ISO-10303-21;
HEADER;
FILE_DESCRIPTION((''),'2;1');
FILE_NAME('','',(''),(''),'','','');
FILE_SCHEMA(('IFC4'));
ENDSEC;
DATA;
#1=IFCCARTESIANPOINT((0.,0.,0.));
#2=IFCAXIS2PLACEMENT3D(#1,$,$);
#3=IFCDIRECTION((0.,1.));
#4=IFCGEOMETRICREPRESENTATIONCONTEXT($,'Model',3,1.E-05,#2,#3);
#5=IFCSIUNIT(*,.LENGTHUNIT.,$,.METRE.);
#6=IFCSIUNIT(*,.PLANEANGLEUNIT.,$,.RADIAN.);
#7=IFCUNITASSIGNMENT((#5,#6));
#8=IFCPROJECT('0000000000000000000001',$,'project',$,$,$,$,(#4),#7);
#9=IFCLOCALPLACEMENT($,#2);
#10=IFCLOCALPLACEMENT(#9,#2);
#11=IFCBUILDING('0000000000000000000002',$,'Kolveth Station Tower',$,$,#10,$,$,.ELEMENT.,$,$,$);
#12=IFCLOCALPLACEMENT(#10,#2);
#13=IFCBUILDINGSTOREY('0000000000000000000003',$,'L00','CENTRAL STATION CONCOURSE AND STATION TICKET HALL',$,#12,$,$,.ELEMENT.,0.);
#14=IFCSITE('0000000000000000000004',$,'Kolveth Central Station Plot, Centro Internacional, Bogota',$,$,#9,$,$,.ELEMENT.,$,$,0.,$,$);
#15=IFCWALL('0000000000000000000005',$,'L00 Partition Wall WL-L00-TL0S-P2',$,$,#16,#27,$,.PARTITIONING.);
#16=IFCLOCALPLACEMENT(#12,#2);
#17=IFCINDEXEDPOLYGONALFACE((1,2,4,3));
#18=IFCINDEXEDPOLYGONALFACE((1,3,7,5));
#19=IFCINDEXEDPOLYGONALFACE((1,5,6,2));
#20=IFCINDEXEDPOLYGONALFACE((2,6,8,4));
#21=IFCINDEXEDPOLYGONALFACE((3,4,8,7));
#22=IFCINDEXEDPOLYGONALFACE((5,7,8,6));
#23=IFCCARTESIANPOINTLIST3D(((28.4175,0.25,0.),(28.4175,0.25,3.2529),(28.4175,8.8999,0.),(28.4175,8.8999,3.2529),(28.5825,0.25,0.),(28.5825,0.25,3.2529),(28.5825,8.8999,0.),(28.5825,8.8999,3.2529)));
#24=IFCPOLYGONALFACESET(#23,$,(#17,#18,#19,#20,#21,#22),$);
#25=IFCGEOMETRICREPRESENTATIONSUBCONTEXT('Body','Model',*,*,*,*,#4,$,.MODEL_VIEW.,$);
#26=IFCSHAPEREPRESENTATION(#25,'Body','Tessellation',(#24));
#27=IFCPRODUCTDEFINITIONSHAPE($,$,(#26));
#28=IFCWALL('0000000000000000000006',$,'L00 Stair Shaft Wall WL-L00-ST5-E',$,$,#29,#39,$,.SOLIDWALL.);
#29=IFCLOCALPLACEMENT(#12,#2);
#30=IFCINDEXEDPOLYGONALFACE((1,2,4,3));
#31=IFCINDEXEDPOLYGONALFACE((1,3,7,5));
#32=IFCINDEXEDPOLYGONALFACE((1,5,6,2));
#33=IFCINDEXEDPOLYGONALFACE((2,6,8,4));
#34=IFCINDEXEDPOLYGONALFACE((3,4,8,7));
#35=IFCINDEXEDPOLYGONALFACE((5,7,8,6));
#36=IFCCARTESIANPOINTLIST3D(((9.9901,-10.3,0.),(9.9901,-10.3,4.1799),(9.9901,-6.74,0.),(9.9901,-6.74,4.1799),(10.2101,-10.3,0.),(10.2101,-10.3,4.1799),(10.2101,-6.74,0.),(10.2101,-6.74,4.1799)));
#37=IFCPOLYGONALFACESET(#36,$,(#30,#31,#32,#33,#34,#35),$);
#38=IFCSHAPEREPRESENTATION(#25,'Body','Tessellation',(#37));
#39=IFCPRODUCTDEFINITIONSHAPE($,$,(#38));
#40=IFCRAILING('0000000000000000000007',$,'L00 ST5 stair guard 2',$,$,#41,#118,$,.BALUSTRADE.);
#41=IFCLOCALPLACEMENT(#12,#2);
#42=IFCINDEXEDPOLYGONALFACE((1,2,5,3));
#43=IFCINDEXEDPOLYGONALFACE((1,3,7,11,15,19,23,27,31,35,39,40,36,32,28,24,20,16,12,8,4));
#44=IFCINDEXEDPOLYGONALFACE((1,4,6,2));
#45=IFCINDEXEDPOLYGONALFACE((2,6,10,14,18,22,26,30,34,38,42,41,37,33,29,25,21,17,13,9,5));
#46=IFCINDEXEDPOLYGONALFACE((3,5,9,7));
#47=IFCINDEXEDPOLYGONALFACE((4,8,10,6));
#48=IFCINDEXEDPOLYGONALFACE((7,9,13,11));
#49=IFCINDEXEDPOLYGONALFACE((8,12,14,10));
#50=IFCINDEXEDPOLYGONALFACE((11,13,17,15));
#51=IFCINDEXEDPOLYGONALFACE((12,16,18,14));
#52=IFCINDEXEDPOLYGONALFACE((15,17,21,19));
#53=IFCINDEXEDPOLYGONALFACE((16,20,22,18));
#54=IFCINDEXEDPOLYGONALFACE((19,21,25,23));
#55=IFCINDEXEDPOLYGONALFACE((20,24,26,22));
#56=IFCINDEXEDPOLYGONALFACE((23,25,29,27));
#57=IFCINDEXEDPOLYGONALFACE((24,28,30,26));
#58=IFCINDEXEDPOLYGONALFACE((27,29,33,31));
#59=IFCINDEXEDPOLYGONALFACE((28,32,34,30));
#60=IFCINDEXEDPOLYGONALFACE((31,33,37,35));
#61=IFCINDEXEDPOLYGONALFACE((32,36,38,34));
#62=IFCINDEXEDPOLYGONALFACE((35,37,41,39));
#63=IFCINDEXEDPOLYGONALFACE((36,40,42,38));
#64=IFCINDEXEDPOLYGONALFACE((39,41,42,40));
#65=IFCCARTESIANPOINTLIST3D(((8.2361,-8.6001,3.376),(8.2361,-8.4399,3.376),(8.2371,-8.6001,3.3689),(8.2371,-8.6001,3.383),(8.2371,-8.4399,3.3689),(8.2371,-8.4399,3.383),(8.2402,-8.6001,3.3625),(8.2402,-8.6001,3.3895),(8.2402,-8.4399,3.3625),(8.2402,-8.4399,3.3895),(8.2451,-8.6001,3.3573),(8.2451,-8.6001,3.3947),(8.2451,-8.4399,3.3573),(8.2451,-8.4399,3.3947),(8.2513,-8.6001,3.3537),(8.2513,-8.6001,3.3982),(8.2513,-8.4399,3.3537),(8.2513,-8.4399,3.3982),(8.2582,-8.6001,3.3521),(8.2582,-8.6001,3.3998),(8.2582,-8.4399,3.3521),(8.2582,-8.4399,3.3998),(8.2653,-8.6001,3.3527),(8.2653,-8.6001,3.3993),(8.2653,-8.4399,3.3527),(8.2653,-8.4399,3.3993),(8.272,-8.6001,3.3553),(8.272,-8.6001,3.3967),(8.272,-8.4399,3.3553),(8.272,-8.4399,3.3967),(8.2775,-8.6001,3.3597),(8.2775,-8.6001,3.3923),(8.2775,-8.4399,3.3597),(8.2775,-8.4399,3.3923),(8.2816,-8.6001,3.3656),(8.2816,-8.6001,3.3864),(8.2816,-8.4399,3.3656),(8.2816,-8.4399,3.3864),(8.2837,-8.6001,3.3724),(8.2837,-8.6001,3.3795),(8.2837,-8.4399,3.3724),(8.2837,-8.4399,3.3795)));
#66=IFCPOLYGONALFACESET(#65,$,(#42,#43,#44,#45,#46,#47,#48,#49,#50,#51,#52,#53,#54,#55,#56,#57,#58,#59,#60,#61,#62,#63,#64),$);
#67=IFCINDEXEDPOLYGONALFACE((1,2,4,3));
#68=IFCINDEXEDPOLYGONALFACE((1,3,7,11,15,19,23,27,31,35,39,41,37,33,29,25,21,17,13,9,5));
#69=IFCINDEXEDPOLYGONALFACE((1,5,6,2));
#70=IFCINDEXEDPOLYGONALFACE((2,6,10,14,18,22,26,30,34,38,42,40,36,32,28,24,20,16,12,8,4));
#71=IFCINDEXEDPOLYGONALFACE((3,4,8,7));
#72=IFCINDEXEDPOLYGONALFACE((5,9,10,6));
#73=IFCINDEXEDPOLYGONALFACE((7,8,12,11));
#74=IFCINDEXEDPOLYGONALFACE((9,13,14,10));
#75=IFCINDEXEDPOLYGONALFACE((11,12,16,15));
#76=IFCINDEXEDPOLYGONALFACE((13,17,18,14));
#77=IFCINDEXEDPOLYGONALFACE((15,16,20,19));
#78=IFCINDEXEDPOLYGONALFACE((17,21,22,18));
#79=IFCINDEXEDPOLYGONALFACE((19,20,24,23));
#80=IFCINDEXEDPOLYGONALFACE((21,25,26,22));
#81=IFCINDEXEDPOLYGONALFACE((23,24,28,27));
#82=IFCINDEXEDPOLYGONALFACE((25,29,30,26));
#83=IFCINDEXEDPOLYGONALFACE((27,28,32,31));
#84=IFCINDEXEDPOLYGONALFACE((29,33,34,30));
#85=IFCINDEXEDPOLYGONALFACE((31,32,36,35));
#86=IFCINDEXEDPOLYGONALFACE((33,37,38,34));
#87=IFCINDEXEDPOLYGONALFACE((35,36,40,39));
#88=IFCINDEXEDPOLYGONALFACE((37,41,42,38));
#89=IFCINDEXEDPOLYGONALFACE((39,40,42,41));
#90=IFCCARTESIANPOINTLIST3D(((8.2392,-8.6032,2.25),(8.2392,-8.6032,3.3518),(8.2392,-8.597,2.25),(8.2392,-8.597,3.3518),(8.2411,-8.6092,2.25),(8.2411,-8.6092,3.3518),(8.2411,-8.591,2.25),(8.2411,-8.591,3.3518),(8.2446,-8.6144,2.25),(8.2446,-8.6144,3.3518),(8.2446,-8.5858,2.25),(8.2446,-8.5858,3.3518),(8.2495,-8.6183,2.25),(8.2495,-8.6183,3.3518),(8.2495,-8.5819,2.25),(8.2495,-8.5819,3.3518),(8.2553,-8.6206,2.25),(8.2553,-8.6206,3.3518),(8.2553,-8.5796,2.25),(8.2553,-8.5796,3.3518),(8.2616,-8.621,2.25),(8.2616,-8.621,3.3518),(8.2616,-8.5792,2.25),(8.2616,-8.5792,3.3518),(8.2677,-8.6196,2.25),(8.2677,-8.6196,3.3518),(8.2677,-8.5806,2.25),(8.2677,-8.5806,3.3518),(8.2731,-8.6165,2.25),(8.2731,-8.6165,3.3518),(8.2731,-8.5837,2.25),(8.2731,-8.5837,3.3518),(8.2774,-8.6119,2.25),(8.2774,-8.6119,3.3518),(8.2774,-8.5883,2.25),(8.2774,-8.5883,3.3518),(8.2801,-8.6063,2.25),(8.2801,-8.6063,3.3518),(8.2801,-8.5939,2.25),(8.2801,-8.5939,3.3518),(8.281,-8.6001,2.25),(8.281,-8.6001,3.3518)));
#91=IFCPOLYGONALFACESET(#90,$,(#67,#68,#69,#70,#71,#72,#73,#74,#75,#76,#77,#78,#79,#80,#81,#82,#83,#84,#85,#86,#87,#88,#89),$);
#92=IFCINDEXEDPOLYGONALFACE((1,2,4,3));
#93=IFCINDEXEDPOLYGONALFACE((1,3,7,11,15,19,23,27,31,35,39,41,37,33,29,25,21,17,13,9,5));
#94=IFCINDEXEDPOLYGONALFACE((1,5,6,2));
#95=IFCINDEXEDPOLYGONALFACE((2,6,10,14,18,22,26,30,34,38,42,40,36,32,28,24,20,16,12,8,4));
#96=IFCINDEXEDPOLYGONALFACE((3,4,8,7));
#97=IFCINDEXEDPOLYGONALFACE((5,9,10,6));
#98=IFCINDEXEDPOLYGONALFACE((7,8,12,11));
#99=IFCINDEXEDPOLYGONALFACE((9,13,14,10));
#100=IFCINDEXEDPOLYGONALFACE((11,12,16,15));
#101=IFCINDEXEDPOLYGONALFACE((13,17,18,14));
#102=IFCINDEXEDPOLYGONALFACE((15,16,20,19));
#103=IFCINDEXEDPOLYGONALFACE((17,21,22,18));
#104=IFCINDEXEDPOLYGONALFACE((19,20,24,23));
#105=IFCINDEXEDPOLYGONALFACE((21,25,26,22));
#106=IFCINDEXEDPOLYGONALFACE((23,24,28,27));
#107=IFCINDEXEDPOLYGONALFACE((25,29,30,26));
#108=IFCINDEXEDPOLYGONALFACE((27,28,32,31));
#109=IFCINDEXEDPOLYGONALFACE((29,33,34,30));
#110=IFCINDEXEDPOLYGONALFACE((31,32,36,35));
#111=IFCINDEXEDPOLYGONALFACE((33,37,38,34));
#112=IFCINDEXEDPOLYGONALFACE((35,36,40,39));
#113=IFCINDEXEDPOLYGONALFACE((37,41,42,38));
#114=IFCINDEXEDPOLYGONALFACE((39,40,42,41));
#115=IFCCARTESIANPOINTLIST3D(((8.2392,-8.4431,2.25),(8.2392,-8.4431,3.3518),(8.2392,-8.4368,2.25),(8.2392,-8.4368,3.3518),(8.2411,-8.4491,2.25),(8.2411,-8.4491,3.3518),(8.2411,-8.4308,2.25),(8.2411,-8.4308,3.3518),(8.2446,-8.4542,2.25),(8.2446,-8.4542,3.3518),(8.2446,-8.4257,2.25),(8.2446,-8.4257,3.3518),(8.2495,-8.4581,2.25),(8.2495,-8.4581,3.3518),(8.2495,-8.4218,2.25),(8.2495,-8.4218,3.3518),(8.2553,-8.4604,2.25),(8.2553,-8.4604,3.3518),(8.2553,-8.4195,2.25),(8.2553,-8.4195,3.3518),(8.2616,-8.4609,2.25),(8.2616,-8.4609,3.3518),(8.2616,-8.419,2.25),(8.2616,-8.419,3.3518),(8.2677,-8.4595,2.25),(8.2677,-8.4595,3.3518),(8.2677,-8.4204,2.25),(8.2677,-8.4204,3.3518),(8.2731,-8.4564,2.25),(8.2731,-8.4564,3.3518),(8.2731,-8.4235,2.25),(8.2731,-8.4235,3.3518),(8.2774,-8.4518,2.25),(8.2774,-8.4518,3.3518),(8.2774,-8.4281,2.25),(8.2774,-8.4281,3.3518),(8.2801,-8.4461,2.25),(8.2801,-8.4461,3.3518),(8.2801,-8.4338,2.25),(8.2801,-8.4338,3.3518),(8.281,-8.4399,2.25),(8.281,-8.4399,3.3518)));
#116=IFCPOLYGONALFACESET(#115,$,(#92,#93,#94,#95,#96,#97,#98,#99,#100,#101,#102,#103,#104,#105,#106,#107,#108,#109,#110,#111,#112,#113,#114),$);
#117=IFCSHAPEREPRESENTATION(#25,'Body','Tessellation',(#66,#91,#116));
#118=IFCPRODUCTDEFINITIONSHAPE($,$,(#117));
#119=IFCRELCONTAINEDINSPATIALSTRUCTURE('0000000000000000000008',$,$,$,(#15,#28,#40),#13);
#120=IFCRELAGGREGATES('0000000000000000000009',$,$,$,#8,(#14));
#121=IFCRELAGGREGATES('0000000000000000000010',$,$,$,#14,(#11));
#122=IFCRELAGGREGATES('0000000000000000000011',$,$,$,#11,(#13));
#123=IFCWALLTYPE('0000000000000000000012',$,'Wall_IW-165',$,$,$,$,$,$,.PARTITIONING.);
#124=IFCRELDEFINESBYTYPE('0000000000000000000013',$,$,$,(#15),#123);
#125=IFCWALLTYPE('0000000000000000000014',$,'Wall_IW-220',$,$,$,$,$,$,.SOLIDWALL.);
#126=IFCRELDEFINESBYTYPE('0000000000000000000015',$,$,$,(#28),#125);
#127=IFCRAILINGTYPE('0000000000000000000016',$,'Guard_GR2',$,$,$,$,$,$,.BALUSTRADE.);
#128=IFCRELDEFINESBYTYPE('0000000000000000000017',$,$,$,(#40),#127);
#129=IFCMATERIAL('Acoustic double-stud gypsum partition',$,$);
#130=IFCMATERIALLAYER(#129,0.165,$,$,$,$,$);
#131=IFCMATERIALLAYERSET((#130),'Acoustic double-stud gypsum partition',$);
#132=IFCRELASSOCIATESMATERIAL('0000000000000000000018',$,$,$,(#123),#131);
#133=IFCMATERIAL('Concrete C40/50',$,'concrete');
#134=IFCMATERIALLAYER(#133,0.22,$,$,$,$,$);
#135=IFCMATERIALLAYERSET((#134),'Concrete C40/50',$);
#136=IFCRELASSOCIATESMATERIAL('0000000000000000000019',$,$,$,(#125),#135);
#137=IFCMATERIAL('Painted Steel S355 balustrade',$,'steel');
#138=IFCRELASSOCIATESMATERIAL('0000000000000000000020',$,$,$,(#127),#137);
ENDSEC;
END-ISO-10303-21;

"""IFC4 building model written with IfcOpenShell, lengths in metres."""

from ifc_helpers import new_model, si_unit, direction, frame, frame_2d, origin, origin_2d, place, context, subcontext, project, spatial, rectangle, circle, extrude, material, layer, layer_set, type_object, element, save


model = new_model("IFC4")

# Units and contexts
model_context = context("Model", 3, precision=1e-05, world=origin(), true_north=direction((0.0, 1.0)))
body_context = subcontext(model_context, "Body", "Model", "MODEL_VIEW")
ifc_project = project(units=[si_unit("LENGTHUNIT", "METRE"), si_unit("PLANEANGLEUNIT", "RADIAN")], contexts=[model_context])

# Site, building, storey
site_placement = place(None, origin())
site = spatial("IfcSite", under=ifc_project, at=site_placement, Name="Kolveth Central Station Plot, Centro Internacional, Bogota", CompositionType="ELEMENT", RefElevation=0.0)
building_placement = place(site_placement, origin())
building = spatial("IfcBuilding", under=site, at=building_placement, Name="Kolveth Station Tower", CompositionType="ELEMENT")
storey_placement = place(building_placement, origin())
storey = spatial("IfcBuildingStorey", under=building, at=storey_placement, Name="L00", Description="CENTRAL STATION CONCOURSE AND STATION TICKET HALL", CompositionType="ELEMENT", Elevation=0.0)

# Walls
ifc_material_1 = material(Name="Acoustic double-stud gypsum partition")
ifc_layer_1 = layer(ifc_material_1, 0.165)
ifc_layer_set_1 = layer_set([ifc_layer_1], Name="Acoustic double-stud gypsum partition")
wall_type_1 = type_object("IfcWallType", Name="Wall_IW-165", PredefinedType="PARTITIONING", material=ifc_layer_set_1)
wall_1_placement = place(storey_placement, frame((28.5, 0.25, 0.0), z_axis=(0.0, 0.0, 1.0), x_axis=(0.0, 1.0, 0.0)))
element("IfcWall", 1, at=wall_1_placement, inside=storey, type_object=wall_type_1, Name="L00 Partition Wall WL-L00-TL0S-P2", PredefinedType="PARTITIONING", context=body_context, shape_type="SweptSolid", body=[
    extrude(rectangle(XDim=8.6499, YDim=0.165, at=frame_2d((4.325, 0.0))), origin(), (0.0, 0.0, 1.0), 3.2529),
])
ifc_material_2 = material(Name="Concrete C40/50", Category="concrete")
ifc_layer_2 = layer(ifc_material_2, 0.22)
ifc_layer_set_2 = layer_set([ifc_layer_2], Name="Concrete C40/50")
wall_type_2 = type_object("IfcWallType", Name="Wall_IW-220", PredefinedType="SOLIDWALL", material=ifc_layer_set_2)
wall_2_placement = place(storey_placement, frame((10.1001, -10.3, 0.0), z_axis=(0.0, 0.0, 1.0), x_axis=(0.0, 1.0, 0.0)))
element("IfcWall", 2, at=wall_2_placement, inside=storey, type_object=wall_type_2, Name="L00 Stair Shaft Wall WL-L00-ST5-E", PredefinedType="SOLIDWALL", context=body_context, shape_type="SweptSolid", body=[
    extrude(rectangle(XDim=3.5601, YDim=0.22, at=frame_2d((1.78, 0.0))), origin(), (0.0, 0.0, 1.0), 4.1799),
])

# Railing
ifc_material_3 = material(Name="Painted Steel S355 balustrade", Category="steel")
railing_type_1 = type_object("IfcRailingType", Name="Guard_GR2", PredefinedType="BALUSTRADE", material=ifc_material_3)
railing_1_placement = place(storey_placement, frame((8.26, -8.6001, 2.25)))
element("IfcRailing", 3, at=railing_1_placement, inside=storey, type_object=railing_type_1, Name="L00 ST5 stair guard 2", PredefinedType="BALUSTRADE", context=body_context, shape_type="SweptSolid", body=[
    extrude(circle(Radius=0.0239, at=origin_2d()), frame((0.0, 0.0, 1.126), z_axis=(0.0, 1.0, 0.0), x_axis=(-1.0, 0.0, 0.0)), (0.0, 0.0, 1.0), 0.1602),
    extrude(circle(Radius=0.021, at=origin_2d()), origin(), (0.0, 0.0, 1.0), 1.1018),
    extrude(circle(Radius=0.021, at=origin_2d()), frame((0.0, 0.1602, 0.0)), (0.0, 0.0, 1.0), 1.1018),
])

save(model, "model.ifc")
